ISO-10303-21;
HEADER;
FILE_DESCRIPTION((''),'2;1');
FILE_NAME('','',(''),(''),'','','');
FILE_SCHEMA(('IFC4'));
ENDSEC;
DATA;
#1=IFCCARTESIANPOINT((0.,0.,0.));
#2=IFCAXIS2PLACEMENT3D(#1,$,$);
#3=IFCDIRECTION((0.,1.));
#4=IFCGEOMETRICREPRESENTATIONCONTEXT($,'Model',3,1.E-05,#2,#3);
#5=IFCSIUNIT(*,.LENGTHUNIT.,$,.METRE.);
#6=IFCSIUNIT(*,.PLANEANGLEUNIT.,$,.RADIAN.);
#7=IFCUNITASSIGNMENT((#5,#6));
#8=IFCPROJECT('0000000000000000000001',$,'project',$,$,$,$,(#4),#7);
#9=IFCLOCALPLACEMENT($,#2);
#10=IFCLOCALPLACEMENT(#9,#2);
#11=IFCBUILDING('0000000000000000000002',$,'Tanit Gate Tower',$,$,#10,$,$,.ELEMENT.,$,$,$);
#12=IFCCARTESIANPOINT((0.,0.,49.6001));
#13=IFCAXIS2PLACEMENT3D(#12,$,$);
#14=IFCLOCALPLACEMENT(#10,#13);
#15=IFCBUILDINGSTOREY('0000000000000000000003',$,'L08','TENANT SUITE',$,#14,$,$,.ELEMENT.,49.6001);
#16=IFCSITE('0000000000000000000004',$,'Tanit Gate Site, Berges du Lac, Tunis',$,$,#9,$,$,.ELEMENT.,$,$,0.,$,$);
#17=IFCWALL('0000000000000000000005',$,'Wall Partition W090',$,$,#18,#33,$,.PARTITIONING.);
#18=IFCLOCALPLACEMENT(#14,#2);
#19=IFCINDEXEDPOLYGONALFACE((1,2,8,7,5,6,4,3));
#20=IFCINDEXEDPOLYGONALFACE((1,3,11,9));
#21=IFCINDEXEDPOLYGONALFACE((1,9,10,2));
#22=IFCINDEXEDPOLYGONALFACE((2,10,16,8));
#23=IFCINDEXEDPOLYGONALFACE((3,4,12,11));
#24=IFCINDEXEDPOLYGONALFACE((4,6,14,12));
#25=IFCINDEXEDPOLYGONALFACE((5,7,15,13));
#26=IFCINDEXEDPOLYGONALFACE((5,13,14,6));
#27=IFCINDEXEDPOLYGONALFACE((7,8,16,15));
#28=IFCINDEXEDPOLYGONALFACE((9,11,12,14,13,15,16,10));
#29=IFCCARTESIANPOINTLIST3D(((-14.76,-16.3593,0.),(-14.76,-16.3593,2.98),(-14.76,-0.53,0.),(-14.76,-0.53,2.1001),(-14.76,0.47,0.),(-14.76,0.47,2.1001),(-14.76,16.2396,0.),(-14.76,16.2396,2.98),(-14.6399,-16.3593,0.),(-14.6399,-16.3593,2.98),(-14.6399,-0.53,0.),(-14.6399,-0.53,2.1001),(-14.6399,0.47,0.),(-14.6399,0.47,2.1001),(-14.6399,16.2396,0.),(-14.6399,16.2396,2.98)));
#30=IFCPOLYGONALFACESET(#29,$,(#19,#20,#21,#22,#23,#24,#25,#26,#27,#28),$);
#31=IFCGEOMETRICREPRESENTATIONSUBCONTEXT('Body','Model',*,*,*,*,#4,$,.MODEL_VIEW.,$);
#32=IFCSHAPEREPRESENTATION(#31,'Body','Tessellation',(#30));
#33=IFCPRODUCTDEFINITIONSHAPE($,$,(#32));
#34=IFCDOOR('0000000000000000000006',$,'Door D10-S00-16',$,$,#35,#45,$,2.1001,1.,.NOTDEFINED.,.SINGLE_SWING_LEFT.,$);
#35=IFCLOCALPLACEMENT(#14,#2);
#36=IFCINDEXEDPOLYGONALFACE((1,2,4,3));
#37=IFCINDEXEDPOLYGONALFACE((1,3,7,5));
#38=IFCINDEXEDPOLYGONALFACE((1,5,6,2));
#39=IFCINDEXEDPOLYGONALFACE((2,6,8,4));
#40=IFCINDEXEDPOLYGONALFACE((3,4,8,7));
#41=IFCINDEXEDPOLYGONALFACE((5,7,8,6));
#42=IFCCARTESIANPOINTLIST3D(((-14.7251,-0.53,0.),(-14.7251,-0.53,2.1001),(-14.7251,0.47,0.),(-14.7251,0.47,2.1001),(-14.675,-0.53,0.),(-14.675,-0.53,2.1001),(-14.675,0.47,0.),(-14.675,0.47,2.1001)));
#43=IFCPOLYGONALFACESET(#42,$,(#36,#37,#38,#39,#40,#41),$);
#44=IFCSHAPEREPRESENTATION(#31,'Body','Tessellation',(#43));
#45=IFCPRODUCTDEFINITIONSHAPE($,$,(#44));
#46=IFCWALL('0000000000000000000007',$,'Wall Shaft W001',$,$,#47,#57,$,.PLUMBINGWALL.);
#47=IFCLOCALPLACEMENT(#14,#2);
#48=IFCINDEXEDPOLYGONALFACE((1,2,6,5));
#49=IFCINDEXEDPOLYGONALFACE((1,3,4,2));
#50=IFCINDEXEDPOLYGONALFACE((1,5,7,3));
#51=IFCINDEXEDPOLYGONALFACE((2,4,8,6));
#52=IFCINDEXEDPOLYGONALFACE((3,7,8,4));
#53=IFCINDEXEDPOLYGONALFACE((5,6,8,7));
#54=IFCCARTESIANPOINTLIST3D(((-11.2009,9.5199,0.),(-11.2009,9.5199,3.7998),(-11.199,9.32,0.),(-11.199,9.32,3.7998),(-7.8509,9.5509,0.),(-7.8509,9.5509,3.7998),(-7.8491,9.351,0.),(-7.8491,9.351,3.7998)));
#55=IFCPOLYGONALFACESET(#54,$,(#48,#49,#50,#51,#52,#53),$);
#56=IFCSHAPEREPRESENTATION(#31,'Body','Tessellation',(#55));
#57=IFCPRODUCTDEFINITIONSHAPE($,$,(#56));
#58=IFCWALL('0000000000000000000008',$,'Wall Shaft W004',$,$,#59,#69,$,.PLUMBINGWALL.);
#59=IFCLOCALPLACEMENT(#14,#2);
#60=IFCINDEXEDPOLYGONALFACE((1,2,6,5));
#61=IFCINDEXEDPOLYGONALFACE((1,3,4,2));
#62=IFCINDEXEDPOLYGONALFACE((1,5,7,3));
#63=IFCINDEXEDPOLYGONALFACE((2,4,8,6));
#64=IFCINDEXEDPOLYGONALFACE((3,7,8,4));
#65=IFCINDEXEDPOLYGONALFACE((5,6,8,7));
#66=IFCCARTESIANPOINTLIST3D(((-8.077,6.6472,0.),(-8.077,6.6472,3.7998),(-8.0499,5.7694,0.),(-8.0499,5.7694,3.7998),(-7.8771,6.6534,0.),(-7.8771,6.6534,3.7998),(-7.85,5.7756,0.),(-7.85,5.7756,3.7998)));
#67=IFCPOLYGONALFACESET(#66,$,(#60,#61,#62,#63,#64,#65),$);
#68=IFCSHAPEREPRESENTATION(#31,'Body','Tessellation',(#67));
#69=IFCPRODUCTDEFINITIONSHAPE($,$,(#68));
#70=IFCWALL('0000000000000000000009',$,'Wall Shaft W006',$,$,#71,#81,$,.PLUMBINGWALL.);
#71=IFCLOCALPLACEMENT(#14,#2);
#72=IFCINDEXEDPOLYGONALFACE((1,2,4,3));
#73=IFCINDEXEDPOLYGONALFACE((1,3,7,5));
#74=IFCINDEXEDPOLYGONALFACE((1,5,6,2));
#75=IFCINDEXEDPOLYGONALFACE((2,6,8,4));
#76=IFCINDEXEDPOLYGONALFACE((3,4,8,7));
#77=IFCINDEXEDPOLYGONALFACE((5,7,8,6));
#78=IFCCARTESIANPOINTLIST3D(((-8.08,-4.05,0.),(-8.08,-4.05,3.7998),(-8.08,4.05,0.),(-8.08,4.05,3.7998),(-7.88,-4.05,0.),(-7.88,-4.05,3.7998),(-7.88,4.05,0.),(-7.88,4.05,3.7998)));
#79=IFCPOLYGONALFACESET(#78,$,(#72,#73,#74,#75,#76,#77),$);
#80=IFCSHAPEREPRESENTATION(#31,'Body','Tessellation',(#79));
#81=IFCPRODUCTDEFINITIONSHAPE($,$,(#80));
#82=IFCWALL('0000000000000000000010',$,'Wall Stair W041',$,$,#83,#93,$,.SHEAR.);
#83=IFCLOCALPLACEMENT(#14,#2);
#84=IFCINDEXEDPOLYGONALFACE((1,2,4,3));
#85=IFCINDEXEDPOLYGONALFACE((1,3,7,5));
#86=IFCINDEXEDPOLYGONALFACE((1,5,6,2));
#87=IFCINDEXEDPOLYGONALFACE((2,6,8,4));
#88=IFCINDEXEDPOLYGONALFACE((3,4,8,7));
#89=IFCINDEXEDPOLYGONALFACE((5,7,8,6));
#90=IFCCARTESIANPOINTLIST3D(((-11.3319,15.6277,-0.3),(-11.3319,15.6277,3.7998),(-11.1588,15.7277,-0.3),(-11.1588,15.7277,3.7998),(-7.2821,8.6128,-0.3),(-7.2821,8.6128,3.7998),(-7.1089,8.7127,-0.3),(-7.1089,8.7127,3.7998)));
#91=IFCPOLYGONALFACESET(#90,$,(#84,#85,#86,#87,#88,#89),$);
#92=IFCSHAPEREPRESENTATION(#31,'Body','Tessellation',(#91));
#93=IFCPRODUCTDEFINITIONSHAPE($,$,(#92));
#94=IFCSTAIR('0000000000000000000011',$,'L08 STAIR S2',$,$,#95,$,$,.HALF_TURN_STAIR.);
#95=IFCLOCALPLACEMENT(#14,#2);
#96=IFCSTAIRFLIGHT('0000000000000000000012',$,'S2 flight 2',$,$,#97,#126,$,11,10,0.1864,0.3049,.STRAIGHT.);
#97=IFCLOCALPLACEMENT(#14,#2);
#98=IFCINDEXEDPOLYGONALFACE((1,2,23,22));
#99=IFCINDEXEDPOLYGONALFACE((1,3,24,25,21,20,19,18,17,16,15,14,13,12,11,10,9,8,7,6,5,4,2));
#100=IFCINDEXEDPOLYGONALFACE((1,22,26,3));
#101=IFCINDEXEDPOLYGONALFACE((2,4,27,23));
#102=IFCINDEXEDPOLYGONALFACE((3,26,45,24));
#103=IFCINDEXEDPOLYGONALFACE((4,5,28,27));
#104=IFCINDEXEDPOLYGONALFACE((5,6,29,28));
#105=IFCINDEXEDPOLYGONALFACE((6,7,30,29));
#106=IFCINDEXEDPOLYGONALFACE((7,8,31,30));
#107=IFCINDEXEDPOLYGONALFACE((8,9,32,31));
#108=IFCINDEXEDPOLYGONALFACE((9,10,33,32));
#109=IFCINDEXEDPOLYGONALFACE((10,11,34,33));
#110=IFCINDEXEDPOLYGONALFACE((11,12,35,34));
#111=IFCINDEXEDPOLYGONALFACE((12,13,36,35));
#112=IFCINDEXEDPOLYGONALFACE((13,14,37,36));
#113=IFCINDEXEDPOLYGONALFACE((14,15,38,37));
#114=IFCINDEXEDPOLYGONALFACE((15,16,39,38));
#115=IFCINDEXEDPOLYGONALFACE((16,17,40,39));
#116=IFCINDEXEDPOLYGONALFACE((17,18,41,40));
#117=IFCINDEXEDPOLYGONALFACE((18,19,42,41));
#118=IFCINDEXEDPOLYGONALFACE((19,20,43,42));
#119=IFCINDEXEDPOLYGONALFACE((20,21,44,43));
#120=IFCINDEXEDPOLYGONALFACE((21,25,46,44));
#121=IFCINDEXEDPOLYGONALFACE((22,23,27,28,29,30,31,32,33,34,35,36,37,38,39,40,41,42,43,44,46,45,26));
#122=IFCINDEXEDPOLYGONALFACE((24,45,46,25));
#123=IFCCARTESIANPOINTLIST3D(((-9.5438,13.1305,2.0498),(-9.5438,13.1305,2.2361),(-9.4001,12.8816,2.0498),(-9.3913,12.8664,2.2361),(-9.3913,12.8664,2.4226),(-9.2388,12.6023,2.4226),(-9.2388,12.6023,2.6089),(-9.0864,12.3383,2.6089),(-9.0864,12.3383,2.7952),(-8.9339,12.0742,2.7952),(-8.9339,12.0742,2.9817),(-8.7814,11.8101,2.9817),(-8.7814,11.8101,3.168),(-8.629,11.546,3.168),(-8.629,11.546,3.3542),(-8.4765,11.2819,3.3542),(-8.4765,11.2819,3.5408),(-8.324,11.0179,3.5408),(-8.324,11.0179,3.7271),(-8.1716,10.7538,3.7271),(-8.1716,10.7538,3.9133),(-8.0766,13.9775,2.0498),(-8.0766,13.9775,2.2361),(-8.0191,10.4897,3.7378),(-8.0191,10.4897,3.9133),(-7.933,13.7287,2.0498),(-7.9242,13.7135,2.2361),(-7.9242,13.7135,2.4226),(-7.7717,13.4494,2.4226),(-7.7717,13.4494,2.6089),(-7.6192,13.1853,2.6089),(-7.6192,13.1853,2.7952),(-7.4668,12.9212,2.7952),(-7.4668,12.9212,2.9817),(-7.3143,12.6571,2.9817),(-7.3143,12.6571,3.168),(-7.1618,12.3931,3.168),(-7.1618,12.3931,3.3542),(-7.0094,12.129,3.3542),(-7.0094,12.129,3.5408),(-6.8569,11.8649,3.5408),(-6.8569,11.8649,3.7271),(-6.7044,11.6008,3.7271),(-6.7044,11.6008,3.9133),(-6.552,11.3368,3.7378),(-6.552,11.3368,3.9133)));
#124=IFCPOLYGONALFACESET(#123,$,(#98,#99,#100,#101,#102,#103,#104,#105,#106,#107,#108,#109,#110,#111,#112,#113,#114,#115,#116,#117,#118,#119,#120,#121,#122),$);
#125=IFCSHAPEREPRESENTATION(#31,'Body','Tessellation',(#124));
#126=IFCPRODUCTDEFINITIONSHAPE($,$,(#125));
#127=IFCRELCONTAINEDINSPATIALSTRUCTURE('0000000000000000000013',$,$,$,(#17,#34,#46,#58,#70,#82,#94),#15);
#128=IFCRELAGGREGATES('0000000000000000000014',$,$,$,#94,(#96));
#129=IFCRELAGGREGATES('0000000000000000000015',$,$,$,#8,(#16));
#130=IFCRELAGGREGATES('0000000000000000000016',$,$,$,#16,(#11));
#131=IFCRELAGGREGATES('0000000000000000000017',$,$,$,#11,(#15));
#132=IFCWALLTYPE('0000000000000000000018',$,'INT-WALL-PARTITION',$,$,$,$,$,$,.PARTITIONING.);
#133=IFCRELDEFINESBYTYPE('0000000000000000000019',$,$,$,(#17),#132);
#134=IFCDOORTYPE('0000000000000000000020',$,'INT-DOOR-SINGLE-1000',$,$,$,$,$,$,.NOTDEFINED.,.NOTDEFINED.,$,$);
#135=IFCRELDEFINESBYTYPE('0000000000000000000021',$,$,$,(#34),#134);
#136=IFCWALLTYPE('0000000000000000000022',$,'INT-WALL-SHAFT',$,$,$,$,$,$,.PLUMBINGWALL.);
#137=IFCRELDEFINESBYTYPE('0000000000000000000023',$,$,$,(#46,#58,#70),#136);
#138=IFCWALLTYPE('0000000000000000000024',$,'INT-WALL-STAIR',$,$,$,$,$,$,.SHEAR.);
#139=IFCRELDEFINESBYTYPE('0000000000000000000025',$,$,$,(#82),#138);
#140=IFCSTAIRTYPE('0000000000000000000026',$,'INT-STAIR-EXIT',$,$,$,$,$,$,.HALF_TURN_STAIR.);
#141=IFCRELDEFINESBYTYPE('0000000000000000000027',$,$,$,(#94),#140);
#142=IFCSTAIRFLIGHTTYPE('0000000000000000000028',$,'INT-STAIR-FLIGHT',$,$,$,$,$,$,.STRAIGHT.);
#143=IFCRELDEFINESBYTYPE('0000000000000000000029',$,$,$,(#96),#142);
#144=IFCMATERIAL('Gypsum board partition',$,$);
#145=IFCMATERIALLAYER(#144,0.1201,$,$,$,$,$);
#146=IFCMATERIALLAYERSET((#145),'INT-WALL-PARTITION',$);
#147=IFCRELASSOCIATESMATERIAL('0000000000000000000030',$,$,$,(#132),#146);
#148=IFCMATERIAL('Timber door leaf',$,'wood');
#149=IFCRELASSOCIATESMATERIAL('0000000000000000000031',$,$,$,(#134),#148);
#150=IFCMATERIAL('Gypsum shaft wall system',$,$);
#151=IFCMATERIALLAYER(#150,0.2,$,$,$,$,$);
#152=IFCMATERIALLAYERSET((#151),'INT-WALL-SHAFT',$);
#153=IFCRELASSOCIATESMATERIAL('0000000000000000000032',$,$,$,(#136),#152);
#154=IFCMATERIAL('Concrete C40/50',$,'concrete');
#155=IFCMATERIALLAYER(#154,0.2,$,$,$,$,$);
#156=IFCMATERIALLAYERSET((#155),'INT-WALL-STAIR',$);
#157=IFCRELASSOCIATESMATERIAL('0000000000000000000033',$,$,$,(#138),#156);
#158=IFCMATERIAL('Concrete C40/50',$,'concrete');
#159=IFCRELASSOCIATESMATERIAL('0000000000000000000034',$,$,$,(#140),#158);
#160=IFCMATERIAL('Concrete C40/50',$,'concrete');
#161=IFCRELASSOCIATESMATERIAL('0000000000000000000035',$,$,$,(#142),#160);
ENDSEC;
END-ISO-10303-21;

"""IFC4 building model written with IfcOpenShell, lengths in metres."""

from ifc_helpers import new_model, si_unit, direction, frame, frame_2d, origin, place, context, subcontext, project, spatial, polyline, rectangle, outline, extrude, material, layer, layer_set, type_object, element, fill, aggregate, save


model = new_model("IFC4")

# Units and contexts
model_context = context("Model", 3, precision=1e-05, world=origin(), true_north=direction((0.0, 1.0)))
body_context = subcontext(model_context, "Body", "Model", "MODEL_VIEW")
ifc_project = project(units=[si_unit("LENGTHUNIT", "METRE"), si_unit("PLANEANGLEUNIT", "RADIAN")], contexts=[model_context])

# Site, building, storey
site_placement = place(None, origin())
site = spatial("IfcSite", under=ifc_project, at=site_placement, Name="Tanit Gate Site, Berges du Lac, Tunis", CompositionType="ELEMENT", RefElevation=0.0)
building_placement = place(site_placement, origin())
building = spatial("IfcBuilding", under=site, at=building_placement, Name="Tanit Gate Tower", CompositionType="ELEMENT")
storey_placement = place(building_placement, frame((0.0, 0.0, 49.6001)))
storey = spatial("IfcBuildingStorey", under=building, at=storey_placement, Name="L08", Description="TENANT SUITE", CompositionType="ELEMENT", Elevation=49.6001)

# Wall, opening, door
ifc_material_1 = material(Name="Gypsum board partition")
ifc_layer_1 = layer(ifc_material_1, 0.1201)
ifc_layer_set_1 = layer_set([ifc_layer_1], Name="INT-WALL-PARTITION")
wall_type_1 = type_object("IfcWallType", Name="INT-WALL-PARTITION", PredefinedType="PARTITIONING", material=ifc_layer_set_1)
wall_1_placement = place(storey_placement, frame((-14.7, 16.2395, 0.0), z_axis=(0.0, 0.0, 1.0), x_axis=(0.0, -1.0, 0.0)))
wall_1 = element("IfcWall", 1, at=wall_1_placement, inside=storey, type_object=wall_type_1, Name="Wall Partition W090", PredefinedType="PARTITIONING", context=body_context, shape_type="SweptSolid", body=[
    extrude(rectangle(XDim=32.5989, YDim=0.1201, at=frame_2d((16.2993, 0.0))), origin(), (0.0, 0.0, 1.0), 2.98),
])
opening_1_placement = place(wall_1_placement, frame((15.7695, 0.0, 0.0)))
opening_1 = element("IfcOpeningElement", 2, at=opening_1_placement, cuts=wall_1, PredefinedType="OPENING", context=body_context, shape_type="SweptSolid", body=[
    extrude(rectangle(XDim=1.0, YDim=2.1001, at=frame_2d((0.5, 1.05))), frame((0.0, 0.0701, 0.0), z_axis=(0.0, -1.0, 0.0), x_axis=(1.0, 0.0, 0.0)), (0.0, 0.0, 1.0), 0.1401),
])
ifc_material_2 = material(Name="Timber door leaf", Category="wood")
door_type_1 = type_object("IfcDoorType", Name="INT-DOOR-SINGLE-1000", OperationType="NOTDEFINED", PredefinedType="NOTDEFINED", material=ifc_material_2)
door_1_placement = place(opening_1_placement, origin())
door_1 = element("IfcDoor", 3, at=door_1_placement, inside=storey, type_object=door_type_1, Name="Door D10-S00-16", OperationType="SINGLE_SWING_LEFT", OverallHeight=2.1001, OverallWidth=1.0, PredefinedType="NOTDEFINED", context=body_context, shape_type="SweptSolid", body=[
    extrude(rectangle(XDim=1.0, YDim=2.1001, at=frame_2d((0.5, 1.05))), frame((0.0, 0.0249, 0.0), z_axis=(0.0, -1.0, 0.0), x_axis=(1.0, 0.0, 0.0)), (0.0, 0.0, 1.0), 0.05),
])
fill(opening_1, door_1)

# Walls
ifc_material_3 = material(Name="Gypsum shaft wall system")
ifc_layer_2 = layer(ifc_material_3, 0.2)
ifc_layer_set_2 = layer_set([ifc_layer_2], Name="INT-WALL-SHAFT")
wall_type_2 = type_object("IfcWallType", Name="INT-WALL-SHAFT", PredefinedType="PLUMBINGWALL", material=ifc_layer_set_2)
wall_2_placement = place(storey_placement, frame((-11.2, 9.4199, 0.0), z_axis=(0.0, 0.0, 1.0), x_axis=(0.999957, 0.009255, 0.0)))
element("IfcWall", 4, at=wall_2_placement, inside=storey, type_object=wall_type_2, Name="Wall Shaft W001", PredefinedType="PLUMBINGWALL", context=body_context, shape_type="SweptSolid", body=[
    extrude(rectangle(XDim=3.3501, YDim=0.2, at=frame_2d((1.675, 0.0))), origin(), (0.0, 0.0, 1.0), 3.7998),
])
wall_3_placement = place(storey_placement, frame((-7.9771, 6.6501, 0.0), z_axis=(0.0, 0.0, 1.0), x_axis=(0.030862, -0.999524, 0.0)))
element("IfcWall", 5, at=wall_3_placement, inside=storey, type_object=wall_type_2, Name="Wall Shaft W004", PredefinedType="PLUMBINGWALL", context=body_context, shape_type="SweptSolid", body=[
    extrude(rectangle(XDim=0.8782, YDim=0.2, at=frame_2d((0.439, 0.0))), origin(), (0.0, 0.0, 1.0), 3.7998),
])
wall_4_placement = place(storey_placement, frame((-7.98, 4.05, 0.0), z_axis=(0.0, 0.0, 1.0), x_axis=(0.0, -1.0, 0.0)))
element("IfcWall", 6, at=wall_4_placement, inside=storey, type_object=wall_type_2, Name="Wall Shaft W006", PredefinedType="PLUMBINGWALL", context=body_context, shape_type="SweptSolid", body=[
    extrude(rectangle(XDim=8.1001, YDim=0.2, at=frame_2d((4.05, 0.0))), origin(), (0.0, 0.0, 1.0), 3.7998),
])
ifc_material_4 = material(Name="Concrete C40/50", Category="concrete")
ifc_layer_3 = layer(ifc_material_4, 0.2)
ifc_layer_set_3 = layer_set([ifc_layer_3], Name="INT-WALL-STAIR")
wall_type_3 = type_object("IfcWallType", Name="INT-WALL-STAIR", PredefinedType="SHEAR", material=ifc_layer_set_3)
wall_5_placement = place(storey_placement, frame((-11.2454, 15.6777, -0.3), z_axis=(0.0, 0.0, 1.0), x_axis=(0.499977, -0.866039, 0.0)))
element("IfcWall", 7, at=wall_5_placement, inside=storey, type_object=wall_type_3, Name="Wall Stair W041", PredefinedType="SHEAR", context=body_context, shape_type="SweptSolid", body=[
    extrude(rectangle(XDim=8.1001, YDim=0.2, at=frame_2d((4.05, 0.0))), origin(), (0.0, 0.0, 1.0), 4.0999),
])

# Stair, stair flight
ifc_material_5 = material(Name="Concrete C40/50", Category="concrete")
stair_type = type_object("IfcStairType", Name="INT-STAIR-EXIT", PredefinedType="HALF_TURN_STAIR", material=ifc_material_5)
stair_placement = place(storey_placement, origin())
stair = element("IfcStair", 8, at=stair_placement, inside=storey, type_object=stair_type, Name="L08 STAIR S2", PredefinedType="HALF_TURN_STAIR")
ifc_material_6 = material(Name="Concrete C40/50", Category="concrete")
stair_flight_type = type_object("IfcStairFlightType", Name="INT-STAIR-FLIGHT", PredefinedType="STRAIGHT", material=ifc_material_6)
stair_flight_placement = place(storey_placement, frame((-8.8103, 13.554, 2.0498), z_axis=(0.0, 0.0, 1.0), x_axis=(0.5, -0.866025, 0.0)))
stair_flight = element("IfcStairFlight", 9, at=stair_flight_placement, type_object=stair_flight_type, Name="S2 flight 2", NumberOfRisers=11, NumberOfTreads=10, PredefinedType="STRAIGHT", RiserHeight=0.1864, TreadLength=0.3049, context=body_context, shape_type="SweptSolid", body=[
    extrude(outline(polyline([(0.0, 0.0), (0.0, 0.1863), (0.3049, 0.1863), (0.3049, 0.3728), (0.6099, 0.3728), (0.6099, 0.5591), (0.9148, 0.5591), (0.9148, 0.7454), (1.2197, 0.7454), (1.2197, 0.9319), (1.5247, 0.9319), (1.5247, 1.1182), (1.8296, 1.1182), (1.8296, 1.3044), (2.1345, 1.3044), (2.1345, 1.491), (2.4395, 1.491), (2.4395, 1.6772), (2.7444, 1.6772), (2.7444, 1.8635), (3.0493, 1.8635), (3.0493, 2.05), (3.0493, 1.688), (0.2874, 0.0), (0.0, 0.0)])), frame((0.0, 0.8472, 0.0), z_axis=(0.0, -1.0, 0.0), x_axis=(1.0, 0.0, 0.0)), (0.0, 0.0, 1.0), 1.6941),
])
aggregate(stair, [stair_flight])

save(model, "model.ifc")
